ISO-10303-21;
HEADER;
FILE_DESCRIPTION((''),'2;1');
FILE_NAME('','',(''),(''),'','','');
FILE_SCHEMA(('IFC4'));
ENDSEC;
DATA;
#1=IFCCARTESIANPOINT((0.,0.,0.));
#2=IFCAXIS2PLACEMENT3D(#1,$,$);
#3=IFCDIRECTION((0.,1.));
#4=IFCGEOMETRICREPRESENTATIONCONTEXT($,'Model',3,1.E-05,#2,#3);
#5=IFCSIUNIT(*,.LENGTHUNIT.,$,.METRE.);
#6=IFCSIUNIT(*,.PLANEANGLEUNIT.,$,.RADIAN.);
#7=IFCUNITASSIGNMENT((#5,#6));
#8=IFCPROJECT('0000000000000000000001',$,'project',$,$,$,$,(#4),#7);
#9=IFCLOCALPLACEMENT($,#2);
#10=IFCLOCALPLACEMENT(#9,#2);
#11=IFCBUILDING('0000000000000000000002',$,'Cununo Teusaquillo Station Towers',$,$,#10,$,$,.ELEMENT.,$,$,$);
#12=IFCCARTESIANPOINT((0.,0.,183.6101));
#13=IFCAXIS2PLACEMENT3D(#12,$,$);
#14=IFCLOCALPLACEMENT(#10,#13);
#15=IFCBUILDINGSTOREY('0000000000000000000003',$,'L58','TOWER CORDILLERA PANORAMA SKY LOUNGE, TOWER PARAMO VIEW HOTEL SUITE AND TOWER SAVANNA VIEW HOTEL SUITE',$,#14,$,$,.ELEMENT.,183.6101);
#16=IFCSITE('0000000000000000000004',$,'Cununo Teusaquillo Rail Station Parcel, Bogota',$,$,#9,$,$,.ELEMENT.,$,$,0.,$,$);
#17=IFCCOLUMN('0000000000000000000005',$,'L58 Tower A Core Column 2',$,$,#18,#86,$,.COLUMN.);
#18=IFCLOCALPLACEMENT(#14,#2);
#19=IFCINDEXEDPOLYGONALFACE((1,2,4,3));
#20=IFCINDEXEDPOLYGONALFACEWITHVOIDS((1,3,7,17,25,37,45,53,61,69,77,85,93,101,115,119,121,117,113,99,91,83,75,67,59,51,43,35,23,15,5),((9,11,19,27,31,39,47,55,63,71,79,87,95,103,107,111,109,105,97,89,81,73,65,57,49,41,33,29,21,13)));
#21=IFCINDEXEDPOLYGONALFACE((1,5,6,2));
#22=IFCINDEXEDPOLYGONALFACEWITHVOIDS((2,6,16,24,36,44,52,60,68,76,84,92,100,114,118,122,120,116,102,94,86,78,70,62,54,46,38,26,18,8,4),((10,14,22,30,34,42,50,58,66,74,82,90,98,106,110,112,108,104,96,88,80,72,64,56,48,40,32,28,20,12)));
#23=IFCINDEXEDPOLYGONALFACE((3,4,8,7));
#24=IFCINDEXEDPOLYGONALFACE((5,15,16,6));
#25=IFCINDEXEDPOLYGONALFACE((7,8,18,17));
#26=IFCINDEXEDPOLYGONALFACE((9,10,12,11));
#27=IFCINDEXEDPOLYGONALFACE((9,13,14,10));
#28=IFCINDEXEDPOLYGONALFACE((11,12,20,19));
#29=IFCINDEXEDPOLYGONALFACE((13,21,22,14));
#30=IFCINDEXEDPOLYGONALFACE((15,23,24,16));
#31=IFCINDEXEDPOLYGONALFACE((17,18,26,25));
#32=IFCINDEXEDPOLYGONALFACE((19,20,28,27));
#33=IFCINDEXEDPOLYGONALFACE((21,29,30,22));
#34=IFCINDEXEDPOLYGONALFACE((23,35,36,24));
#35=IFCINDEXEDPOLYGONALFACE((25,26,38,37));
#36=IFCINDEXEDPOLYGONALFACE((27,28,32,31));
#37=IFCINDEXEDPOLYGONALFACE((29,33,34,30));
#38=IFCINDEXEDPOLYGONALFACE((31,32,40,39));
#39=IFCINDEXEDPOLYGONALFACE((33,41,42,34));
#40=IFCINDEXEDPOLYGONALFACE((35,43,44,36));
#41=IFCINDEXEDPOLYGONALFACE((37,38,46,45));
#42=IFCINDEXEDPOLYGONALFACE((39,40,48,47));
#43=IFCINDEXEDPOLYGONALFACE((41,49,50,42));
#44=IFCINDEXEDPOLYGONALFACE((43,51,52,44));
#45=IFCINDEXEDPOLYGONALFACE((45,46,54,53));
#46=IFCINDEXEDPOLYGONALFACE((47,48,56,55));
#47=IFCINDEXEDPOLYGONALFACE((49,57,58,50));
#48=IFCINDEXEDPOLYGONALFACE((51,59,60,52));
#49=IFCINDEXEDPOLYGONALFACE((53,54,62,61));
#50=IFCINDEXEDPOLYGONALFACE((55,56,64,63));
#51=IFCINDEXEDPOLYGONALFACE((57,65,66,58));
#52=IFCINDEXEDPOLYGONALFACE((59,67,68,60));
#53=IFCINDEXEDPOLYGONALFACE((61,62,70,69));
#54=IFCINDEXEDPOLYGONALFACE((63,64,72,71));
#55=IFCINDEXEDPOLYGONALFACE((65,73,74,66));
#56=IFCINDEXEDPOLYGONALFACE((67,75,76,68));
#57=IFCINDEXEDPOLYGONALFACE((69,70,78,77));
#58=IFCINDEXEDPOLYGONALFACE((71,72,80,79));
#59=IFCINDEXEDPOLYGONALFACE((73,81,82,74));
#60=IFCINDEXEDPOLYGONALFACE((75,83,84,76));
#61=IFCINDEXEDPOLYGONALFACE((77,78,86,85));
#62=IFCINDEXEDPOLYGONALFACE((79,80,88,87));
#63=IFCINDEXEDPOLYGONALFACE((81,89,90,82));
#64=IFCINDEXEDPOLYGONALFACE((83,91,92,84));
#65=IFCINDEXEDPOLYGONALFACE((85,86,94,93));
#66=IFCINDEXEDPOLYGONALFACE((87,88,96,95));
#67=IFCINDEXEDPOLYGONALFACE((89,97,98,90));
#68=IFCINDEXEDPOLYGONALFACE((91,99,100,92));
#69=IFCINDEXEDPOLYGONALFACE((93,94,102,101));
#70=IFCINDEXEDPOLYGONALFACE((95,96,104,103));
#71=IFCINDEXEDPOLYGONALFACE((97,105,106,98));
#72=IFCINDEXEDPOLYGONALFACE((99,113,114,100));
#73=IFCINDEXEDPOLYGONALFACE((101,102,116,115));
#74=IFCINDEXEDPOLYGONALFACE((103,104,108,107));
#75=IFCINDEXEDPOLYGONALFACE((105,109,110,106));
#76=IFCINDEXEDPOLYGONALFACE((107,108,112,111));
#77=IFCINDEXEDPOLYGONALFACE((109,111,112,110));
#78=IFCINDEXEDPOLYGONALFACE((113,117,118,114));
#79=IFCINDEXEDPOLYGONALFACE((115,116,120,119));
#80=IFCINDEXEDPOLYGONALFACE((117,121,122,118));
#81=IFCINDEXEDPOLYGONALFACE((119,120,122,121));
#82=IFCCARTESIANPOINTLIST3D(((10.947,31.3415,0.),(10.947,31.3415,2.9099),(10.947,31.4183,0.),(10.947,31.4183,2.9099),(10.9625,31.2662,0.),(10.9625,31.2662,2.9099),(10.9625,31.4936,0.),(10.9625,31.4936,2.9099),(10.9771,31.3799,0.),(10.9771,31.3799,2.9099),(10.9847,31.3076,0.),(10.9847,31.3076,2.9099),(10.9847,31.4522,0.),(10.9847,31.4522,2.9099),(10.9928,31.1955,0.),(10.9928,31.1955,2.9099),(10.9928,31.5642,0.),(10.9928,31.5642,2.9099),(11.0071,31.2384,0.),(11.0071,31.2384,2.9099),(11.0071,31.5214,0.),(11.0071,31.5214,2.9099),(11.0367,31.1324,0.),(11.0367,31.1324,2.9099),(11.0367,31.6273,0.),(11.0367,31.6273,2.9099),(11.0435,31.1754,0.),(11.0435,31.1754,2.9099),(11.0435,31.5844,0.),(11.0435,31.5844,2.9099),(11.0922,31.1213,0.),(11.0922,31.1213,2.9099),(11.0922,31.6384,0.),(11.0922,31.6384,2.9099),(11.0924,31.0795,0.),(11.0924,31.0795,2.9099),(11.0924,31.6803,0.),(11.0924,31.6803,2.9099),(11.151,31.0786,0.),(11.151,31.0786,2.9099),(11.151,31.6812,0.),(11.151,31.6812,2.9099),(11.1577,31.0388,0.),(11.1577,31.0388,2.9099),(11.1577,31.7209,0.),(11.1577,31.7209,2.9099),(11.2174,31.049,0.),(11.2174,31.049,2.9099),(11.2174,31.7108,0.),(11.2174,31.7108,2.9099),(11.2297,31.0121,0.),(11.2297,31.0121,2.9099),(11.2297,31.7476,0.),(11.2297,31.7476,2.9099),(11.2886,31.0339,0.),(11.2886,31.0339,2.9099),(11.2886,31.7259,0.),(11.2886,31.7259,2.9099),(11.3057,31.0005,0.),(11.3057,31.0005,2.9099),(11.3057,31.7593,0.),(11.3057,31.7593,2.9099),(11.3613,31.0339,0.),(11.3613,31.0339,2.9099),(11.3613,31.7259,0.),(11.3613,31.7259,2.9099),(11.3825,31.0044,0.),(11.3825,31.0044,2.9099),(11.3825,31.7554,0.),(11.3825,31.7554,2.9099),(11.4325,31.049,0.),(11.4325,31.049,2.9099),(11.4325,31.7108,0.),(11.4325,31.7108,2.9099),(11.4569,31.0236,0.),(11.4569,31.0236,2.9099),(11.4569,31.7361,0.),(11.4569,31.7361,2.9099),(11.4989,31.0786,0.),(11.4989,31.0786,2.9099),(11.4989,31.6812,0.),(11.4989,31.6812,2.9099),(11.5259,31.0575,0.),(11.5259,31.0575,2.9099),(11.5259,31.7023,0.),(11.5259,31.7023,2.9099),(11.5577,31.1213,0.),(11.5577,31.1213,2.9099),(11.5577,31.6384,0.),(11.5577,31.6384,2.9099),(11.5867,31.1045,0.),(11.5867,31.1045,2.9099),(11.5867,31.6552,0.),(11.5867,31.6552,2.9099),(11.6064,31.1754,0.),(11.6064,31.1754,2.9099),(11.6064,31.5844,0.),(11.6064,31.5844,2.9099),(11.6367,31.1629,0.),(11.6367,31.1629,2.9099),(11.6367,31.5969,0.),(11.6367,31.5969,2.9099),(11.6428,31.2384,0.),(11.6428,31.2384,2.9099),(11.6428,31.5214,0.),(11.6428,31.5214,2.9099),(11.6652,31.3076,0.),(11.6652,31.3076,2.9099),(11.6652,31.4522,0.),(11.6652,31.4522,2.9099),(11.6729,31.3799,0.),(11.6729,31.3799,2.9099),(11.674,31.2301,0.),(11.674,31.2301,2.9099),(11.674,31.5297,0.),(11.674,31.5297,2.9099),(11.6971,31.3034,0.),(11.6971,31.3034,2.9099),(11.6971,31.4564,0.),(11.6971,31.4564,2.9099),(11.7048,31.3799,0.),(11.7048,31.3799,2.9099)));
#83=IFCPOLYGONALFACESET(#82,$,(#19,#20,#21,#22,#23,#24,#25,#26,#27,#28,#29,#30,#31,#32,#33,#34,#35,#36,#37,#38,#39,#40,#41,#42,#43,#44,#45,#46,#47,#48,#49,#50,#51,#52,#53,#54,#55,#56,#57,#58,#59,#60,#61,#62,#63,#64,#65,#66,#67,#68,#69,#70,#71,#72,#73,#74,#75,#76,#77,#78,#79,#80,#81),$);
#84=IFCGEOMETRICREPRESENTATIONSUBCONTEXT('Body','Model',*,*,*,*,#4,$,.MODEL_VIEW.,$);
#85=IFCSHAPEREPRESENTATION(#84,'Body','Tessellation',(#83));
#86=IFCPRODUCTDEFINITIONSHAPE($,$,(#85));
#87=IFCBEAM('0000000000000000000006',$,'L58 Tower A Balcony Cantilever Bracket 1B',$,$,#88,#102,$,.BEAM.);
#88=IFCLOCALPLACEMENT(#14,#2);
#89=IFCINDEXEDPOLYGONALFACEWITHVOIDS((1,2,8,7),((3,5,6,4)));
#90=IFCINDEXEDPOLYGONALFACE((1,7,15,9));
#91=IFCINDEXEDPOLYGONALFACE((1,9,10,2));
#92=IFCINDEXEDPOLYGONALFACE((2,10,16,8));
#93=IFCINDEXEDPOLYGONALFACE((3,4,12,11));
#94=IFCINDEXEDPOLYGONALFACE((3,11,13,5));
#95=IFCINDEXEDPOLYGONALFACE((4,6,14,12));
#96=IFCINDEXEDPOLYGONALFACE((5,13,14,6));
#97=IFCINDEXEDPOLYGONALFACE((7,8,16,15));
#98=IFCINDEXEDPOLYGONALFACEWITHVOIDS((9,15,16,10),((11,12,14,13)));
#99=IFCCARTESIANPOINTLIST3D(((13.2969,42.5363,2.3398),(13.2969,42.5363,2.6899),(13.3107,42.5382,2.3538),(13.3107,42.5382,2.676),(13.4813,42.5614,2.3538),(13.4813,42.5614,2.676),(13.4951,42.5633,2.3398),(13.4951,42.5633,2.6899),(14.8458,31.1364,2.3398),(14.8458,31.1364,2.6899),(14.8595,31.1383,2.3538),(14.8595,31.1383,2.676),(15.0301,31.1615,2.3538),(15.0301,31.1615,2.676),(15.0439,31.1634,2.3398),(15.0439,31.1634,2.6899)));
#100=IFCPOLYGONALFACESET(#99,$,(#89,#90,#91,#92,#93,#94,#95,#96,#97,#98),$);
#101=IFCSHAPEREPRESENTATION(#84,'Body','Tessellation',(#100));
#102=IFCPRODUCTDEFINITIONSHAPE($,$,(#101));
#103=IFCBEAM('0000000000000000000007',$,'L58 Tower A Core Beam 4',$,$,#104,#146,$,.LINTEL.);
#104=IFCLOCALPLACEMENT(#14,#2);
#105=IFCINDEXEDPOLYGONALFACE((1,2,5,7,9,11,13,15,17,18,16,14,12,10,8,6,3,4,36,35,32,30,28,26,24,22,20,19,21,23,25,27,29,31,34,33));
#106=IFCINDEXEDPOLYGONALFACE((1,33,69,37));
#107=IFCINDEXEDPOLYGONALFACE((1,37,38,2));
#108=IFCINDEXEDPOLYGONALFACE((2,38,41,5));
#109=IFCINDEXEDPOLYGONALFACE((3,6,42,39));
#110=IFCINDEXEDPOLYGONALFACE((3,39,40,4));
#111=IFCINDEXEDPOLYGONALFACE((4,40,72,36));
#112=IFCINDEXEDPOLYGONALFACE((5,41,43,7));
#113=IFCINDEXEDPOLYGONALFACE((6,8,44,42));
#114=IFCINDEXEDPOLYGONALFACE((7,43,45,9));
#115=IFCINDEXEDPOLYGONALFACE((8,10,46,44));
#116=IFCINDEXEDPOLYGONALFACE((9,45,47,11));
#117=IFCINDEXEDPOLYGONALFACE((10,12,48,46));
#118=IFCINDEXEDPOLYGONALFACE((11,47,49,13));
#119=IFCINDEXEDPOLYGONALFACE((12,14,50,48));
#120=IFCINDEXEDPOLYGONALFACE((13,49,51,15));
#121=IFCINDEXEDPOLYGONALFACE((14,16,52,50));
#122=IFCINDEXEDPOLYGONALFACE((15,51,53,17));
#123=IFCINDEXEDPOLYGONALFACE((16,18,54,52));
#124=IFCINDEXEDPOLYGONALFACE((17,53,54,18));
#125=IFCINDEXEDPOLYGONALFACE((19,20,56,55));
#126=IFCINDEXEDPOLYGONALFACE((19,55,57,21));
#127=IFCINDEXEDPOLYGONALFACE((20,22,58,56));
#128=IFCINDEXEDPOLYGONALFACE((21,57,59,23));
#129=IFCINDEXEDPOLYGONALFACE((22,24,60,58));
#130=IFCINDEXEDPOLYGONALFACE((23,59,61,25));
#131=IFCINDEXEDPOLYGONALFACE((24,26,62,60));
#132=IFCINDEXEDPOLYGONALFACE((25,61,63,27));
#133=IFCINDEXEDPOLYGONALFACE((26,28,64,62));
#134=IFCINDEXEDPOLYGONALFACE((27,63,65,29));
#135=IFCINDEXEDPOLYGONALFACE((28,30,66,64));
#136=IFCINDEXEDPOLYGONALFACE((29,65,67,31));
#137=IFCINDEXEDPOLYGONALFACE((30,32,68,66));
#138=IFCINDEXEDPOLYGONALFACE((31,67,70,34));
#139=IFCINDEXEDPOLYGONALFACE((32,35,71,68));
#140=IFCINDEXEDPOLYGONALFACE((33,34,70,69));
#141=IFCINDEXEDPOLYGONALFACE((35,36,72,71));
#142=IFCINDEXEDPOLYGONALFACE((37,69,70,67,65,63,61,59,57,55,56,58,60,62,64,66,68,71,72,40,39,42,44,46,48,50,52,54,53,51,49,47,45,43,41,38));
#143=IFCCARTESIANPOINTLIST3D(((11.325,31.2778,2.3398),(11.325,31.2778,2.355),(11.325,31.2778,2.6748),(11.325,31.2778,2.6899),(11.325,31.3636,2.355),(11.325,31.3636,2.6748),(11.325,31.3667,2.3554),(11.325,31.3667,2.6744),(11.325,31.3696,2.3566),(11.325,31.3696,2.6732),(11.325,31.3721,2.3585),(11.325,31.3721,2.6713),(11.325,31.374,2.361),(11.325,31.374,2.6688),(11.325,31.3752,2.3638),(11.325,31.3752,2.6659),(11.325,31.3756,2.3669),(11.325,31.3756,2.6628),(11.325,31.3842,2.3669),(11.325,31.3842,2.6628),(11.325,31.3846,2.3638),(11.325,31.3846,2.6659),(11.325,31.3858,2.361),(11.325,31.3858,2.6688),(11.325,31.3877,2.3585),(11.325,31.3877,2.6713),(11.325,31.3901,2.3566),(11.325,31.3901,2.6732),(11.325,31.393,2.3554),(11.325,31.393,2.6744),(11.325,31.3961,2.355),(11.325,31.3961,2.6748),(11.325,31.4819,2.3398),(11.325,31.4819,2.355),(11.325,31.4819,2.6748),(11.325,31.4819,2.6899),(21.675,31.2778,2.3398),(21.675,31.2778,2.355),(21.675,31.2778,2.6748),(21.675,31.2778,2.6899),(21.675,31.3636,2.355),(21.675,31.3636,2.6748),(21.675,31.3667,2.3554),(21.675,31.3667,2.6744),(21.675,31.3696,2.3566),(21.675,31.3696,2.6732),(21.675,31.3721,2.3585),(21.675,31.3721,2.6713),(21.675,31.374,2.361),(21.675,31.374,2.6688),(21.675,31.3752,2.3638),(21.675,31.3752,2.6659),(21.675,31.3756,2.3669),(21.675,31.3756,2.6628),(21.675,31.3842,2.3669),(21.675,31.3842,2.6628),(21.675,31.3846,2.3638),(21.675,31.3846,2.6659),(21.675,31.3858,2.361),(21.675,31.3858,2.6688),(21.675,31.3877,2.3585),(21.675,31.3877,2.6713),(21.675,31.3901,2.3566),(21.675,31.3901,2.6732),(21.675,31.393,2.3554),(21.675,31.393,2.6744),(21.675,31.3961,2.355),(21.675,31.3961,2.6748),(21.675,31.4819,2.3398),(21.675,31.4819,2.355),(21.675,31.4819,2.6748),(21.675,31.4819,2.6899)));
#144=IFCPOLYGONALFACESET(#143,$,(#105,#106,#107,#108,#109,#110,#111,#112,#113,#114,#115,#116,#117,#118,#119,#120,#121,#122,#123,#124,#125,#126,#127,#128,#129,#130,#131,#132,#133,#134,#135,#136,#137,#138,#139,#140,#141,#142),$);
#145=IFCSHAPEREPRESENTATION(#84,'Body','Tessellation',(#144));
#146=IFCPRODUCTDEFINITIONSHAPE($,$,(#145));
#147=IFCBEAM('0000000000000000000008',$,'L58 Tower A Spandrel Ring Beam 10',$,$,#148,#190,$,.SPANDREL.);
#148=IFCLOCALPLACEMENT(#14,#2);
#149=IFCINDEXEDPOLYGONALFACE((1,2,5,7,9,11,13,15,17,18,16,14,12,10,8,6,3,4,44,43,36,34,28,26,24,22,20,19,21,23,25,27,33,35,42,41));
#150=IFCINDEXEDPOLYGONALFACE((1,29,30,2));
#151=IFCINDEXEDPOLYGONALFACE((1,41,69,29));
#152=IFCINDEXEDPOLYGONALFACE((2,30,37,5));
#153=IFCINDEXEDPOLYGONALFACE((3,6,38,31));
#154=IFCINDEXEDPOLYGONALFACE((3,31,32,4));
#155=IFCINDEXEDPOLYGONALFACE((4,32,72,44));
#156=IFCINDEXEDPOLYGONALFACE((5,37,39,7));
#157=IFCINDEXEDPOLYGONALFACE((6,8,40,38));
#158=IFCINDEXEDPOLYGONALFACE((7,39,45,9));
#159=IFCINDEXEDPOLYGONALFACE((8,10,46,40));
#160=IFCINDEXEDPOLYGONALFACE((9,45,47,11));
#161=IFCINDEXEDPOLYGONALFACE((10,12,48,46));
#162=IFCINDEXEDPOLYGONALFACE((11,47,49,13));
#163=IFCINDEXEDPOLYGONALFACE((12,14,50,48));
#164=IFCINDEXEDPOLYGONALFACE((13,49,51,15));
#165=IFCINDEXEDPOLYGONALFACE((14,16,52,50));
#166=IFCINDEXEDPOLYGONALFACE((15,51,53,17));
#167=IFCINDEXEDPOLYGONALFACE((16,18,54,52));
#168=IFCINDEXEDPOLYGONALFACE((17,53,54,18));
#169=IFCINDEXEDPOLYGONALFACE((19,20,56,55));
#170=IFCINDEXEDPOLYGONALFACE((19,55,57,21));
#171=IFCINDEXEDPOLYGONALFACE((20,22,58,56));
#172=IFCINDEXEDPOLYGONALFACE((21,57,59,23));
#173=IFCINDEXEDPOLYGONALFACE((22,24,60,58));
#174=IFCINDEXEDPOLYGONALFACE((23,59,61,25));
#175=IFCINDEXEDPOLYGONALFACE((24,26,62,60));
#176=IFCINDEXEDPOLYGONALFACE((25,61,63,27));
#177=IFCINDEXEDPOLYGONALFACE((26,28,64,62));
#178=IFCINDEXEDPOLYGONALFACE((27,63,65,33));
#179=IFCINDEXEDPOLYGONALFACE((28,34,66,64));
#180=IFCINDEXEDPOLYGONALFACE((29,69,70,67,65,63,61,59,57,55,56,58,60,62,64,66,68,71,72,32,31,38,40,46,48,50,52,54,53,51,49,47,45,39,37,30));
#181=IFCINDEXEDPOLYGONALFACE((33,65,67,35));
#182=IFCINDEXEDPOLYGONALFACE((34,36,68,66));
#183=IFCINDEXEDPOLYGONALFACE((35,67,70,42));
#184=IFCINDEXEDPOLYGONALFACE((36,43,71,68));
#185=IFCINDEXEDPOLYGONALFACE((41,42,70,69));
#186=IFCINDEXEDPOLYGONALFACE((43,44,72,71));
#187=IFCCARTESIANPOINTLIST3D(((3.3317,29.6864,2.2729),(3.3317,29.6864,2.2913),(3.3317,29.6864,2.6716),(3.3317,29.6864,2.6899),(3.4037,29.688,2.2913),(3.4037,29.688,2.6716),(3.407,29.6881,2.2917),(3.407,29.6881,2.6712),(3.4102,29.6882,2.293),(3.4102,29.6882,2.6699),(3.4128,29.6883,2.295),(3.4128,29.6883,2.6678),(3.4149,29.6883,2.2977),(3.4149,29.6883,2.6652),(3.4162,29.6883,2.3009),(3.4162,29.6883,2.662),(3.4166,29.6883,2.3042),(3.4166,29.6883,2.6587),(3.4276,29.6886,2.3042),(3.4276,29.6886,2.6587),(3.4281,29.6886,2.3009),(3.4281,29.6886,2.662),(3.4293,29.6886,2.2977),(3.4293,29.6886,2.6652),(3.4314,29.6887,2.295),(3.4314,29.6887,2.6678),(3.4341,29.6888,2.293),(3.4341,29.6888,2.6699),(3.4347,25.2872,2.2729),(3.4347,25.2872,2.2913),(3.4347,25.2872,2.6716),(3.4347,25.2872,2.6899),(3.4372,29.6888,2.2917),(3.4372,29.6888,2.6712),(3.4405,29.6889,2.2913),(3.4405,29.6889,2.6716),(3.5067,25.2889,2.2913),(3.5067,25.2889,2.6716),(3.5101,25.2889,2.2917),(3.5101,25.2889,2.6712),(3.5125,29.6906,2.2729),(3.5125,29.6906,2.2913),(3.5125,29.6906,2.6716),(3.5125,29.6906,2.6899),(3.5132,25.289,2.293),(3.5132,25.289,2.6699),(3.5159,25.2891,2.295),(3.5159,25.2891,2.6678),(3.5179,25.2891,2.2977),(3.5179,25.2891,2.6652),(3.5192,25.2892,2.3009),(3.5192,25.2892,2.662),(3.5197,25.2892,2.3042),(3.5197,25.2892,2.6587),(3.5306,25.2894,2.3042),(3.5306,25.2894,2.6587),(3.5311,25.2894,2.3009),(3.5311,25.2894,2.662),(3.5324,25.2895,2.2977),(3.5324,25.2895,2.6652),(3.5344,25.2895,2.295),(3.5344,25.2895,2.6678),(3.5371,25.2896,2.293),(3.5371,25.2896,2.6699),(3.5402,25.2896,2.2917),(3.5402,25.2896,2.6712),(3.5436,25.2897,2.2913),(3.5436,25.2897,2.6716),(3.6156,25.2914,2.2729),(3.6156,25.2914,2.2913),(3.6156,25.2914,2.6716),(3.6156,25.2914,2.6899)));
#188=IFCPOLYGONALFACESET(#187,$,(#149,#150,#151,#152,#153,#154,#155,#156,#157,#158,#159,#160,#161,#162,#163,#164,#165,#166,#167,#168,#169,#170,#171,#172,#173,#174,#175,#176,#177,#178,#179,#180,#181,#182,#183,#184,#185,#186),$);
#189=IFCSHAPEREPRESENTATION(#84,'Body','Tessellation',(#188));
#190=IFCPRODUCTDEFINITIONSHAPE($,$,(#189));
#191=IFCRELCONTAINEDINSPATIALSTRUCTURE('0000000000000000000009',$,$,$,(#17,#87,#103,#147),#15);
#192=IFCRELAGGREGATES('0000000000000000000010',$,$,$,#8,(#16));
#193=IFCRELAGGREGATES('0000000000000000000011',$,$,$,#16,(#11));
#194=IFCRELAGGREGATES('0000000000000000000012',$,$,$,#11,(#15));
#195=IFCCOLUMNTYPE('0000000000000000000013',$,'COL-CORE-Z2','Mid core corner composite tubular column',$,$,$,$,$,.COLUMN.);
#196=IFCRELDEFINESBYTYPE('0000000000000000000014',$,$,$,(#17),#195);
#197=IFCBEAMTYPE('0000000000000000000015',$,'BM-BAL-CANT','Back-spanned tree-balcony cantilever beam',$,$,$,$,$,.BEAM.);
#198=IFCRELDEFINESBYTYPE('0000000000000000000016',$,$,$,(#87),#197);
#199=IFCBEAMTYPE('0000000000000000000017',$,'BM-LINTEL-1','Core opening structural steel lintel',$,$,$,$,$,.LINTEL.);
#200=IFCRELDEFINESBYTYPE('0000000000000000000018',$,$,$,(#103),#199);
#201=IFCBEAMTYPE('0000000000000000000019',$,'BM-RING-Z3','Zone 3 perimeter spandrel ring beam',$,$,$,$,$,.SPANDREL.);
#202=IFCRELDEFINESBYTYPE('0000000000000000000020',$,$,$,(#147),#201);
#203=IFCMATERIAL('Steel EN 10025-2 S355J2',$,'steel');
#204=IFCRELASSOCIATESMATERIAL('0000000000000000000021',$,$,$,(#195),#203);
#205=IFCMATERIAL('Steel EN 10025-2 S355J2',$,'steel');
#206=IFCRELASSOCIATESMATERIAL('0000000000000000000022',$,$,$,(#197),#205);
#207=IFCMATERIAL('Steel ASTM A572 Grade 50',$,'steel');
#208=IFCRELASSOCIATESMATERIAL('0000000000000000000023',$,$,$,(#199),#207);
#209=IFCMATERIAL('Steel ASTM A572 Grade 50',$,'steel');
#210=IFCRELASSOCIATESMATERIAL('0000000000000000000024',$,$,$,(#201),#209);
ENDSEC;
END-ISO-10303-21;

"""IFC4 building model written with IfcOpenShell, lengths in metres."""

from ifc_helpers import new_model, si_unit, direction, frame, origin, origin_2d, place, context, subcontext, project, spatial, hollow_rectangle, hollow_circle, i_section, extrude, material, material_profile, profile_set, type_object, element, save


model = new_model("IFC4")

# Units and contexts
model_context = context("Model", 3, precision=1e-05, world=origin(), true_north=direction((0.0, 1.0)))
body_context = subcontext(model_context, "Body", "Model", "MODEL_VIEW")
ifc_project = project(units=[si_unit("LENGTHUNIT", "METRE"), si_unit("PLANEANGLEUNIT", "RADIAN")], contexts=[model_context])

# Site, building, storey
site_placement = place(None, origin())
site = spatial("IfcSite", under=ifc_project, at=site_placement, Name="Cununo Teusaquillo Rail Station Parcel, Bogota", CompositionType="ELEMENT", RefElevation=0.0)
building_placement = place(site_placement, origin())
building = spatial("IfcBuilding", under=site, at=building_placement, Name="Cununo Teusaquillo Station Towers", CompositionType="ELEMENT")
storey_placement = place(building_placement, frame((0.0, 0.0, 183.6101)))
storey = spatial("IfcBuildingStorey", under=building, at=storey_placement, Name="L58", Description="TOWER CORDILLERA PANORAMA SKY LOUNGE, TOWER PARAMO VIEW HOTEL SUITE AND TOWER SAVANNA VIEW HOTEL SUITE", CompositionType="ELEMENT", Elevation=183.6101)

# Column
ifc_material_1 = material(Name="Steel EN 10025-2 S355J2", Category="steel")
ifc_material_profile_1 = material_profile(ifc_material_1, hollow_circle(Radius=0.3799, WallThickness=0.032, at=origin_2d()), Name="CHS 760x32")
ifc_profile_set_1 = profile_set([ifc_material_profile_1], Name="Steel EN 10025-2 S355J2")
column_type = type_object("IfcColumnType", Name="COL-CORE-Z2", Description="Mid core corner composite tubular column", PredefinedType="COLUMN", material=ifc_profile_set_1)
column_placement = place(storey_placement, frame((11.325, 31.3799, 0.0), z_axis=(0.0, 0.0, 1.0), x_axis=(1.0, 0.0, 0.0)))
element("IfcColumn", 1, at=column_placement, inside=storey, type_object=column_type, Name="L58 Tower A Core Column 2", PredefinedType="COLUMN", context=body_context, shape_type="SweptSolid", body=[
    extrude(hollow_circle(Radius=0.3799, WallThickness=0.032, at=origin_2d()), origin(), (0.0, 0.0, 1.0), 2.9099),
])

# Beams
ifc_material_2 = material(Name="Steel EN 10025-2 S355J2", Category="steel")
ifc_material_profile_2 = material_profile(ifc_material_2, hollow_rectangle(XDim=0.2, YDim=0.3501, WallThickness=0.0139, at=origin_2d()), Name="RHS 350x200x14")
ifc_profile_set_2 = profile_set([ifc_material_profile_2], Name="Steel EN 10025-2 S355J2")
beam_type_1 = type_object("IfcBeamType", Name="BM-BAL-CANT", Description="Back-spanned tree-balcony cantilever beam", PredefinedType="BEAM", material=ifc_profile_set_2)
beam_1_placement = place(storey_placement, frame((14.9448, 31.1499, 2.5149), z_axis=(-0.134626, 0.990896, 0.0), x_axis=(-0.990896, -0.134626, 0.0)))
element("IfcBeam", 2, at=beam_1_placement, inside=storey, type_object=beam_type_1, Name="L58 Tower A Balcony Cantilever Bracket 1B", PredefinedType="BEAM", context=body_context, shape_type="SweptSolid", body=[
    extrude(hollow_rectangle(XDim=0.2, YDim=0.3501, WallThickness=0.0139, at=origin_2d()), origin(), (0.0, 0.0, 1.0), 11.5046),
])
ifc_material_3 = material(Name="Steel ASTM A572 Grade 50", Category="steel")
ifc_material_profile_3 = material_profile(ifc_material_3, i_section(OverallWidth=0.2041, OverallDepth=0.3501, WebThickness=0.0085, FlangeThickness=0.0151, FilletRadius=0.012, at=origin_2d()), Name="W14X48")
ifc_profile_set_3 = profile_set([ifc_material_profile_3], Name="Steel ASTM A572 Grade 50")
beam_type_2 = type_object("IfcBeamType", Name="BM-LINTEL-1", Description="Core opening structural steel lintel", PredefinedType="LINTEL", material=ifc_profile_set_3)
beam_2_placement = place(storey_placement, frame((11.325, 31.3799, 2.5149), z_axis=(1.0, 0.0, 0.0), x_axis=(0.0, 1.0, 0.0)))
element("IfcBeam", 3, at=beam_2_placement, inside=storey, type_object=beam_type_2, Name="L58 Tower A Core Beam 4", PredefinedType="LINTEL", context=body_context, shape_type="SweptSolid", body=[
    extrude(i_section(OverallWidth=0.2041, OverallDepth=0.3501, WebThickness=0.0085, FlangeThickness=0.0151, FilletRadius=0.012, at=origin_2d()), origin(), (0.0, 0.0, 1.0), 10.3501),
])
ifc_material_4 = material(Name="Steel ASTM A572 Grade 50", Category="steel")
ifc_material_profile_4 = material_profile(ifc_material_4, i_section(OverallWidth=0.1809, OverallDepth=0.417, WebThickness=0.011, FlangeThickness=0.0183, FilletRadius=0.0129, at=origin_2d()), Name="W16X57")
ifc_profile_set_4 = profile_set([ifc_material_profile_4], Name="Steel ASTM A572 Grade 50")
beam_type_3 = type_object("IfcBeamType", Name="BM-RING-Z3", Description="Zone 3 perimeter spandrel ring beam", PredefinedType="SPANDREL", material=ifc_profile_set_4)
beam_3_placement = place(storey_placement, frame((3.4221, 29.6885, 2.4814), z_axis=(0.023413, -0.999726, 0.0), x_axis=(0.999726, 0.023413, 0.0)))
element("IfcBeam", 4, at=beam_3_placement, inside=storey, type_object=beam_type_3, Name="L58 Tower A Spandrel Ring Beam 10", PredefinedType="SPANDREL", context=body_context, shape_type="SweptSolid", body=[
    extrude(i_section(OverallWidth=0.1809, OverallDepth=0.417, WebThickness=0.011, FlangeThickness=0.0183, FilletRadius=0.0129, at=origin_2d()), origin(), (0.0, 0.0, 1.0), 4.4004),
])

save(model, "model.ifc")
